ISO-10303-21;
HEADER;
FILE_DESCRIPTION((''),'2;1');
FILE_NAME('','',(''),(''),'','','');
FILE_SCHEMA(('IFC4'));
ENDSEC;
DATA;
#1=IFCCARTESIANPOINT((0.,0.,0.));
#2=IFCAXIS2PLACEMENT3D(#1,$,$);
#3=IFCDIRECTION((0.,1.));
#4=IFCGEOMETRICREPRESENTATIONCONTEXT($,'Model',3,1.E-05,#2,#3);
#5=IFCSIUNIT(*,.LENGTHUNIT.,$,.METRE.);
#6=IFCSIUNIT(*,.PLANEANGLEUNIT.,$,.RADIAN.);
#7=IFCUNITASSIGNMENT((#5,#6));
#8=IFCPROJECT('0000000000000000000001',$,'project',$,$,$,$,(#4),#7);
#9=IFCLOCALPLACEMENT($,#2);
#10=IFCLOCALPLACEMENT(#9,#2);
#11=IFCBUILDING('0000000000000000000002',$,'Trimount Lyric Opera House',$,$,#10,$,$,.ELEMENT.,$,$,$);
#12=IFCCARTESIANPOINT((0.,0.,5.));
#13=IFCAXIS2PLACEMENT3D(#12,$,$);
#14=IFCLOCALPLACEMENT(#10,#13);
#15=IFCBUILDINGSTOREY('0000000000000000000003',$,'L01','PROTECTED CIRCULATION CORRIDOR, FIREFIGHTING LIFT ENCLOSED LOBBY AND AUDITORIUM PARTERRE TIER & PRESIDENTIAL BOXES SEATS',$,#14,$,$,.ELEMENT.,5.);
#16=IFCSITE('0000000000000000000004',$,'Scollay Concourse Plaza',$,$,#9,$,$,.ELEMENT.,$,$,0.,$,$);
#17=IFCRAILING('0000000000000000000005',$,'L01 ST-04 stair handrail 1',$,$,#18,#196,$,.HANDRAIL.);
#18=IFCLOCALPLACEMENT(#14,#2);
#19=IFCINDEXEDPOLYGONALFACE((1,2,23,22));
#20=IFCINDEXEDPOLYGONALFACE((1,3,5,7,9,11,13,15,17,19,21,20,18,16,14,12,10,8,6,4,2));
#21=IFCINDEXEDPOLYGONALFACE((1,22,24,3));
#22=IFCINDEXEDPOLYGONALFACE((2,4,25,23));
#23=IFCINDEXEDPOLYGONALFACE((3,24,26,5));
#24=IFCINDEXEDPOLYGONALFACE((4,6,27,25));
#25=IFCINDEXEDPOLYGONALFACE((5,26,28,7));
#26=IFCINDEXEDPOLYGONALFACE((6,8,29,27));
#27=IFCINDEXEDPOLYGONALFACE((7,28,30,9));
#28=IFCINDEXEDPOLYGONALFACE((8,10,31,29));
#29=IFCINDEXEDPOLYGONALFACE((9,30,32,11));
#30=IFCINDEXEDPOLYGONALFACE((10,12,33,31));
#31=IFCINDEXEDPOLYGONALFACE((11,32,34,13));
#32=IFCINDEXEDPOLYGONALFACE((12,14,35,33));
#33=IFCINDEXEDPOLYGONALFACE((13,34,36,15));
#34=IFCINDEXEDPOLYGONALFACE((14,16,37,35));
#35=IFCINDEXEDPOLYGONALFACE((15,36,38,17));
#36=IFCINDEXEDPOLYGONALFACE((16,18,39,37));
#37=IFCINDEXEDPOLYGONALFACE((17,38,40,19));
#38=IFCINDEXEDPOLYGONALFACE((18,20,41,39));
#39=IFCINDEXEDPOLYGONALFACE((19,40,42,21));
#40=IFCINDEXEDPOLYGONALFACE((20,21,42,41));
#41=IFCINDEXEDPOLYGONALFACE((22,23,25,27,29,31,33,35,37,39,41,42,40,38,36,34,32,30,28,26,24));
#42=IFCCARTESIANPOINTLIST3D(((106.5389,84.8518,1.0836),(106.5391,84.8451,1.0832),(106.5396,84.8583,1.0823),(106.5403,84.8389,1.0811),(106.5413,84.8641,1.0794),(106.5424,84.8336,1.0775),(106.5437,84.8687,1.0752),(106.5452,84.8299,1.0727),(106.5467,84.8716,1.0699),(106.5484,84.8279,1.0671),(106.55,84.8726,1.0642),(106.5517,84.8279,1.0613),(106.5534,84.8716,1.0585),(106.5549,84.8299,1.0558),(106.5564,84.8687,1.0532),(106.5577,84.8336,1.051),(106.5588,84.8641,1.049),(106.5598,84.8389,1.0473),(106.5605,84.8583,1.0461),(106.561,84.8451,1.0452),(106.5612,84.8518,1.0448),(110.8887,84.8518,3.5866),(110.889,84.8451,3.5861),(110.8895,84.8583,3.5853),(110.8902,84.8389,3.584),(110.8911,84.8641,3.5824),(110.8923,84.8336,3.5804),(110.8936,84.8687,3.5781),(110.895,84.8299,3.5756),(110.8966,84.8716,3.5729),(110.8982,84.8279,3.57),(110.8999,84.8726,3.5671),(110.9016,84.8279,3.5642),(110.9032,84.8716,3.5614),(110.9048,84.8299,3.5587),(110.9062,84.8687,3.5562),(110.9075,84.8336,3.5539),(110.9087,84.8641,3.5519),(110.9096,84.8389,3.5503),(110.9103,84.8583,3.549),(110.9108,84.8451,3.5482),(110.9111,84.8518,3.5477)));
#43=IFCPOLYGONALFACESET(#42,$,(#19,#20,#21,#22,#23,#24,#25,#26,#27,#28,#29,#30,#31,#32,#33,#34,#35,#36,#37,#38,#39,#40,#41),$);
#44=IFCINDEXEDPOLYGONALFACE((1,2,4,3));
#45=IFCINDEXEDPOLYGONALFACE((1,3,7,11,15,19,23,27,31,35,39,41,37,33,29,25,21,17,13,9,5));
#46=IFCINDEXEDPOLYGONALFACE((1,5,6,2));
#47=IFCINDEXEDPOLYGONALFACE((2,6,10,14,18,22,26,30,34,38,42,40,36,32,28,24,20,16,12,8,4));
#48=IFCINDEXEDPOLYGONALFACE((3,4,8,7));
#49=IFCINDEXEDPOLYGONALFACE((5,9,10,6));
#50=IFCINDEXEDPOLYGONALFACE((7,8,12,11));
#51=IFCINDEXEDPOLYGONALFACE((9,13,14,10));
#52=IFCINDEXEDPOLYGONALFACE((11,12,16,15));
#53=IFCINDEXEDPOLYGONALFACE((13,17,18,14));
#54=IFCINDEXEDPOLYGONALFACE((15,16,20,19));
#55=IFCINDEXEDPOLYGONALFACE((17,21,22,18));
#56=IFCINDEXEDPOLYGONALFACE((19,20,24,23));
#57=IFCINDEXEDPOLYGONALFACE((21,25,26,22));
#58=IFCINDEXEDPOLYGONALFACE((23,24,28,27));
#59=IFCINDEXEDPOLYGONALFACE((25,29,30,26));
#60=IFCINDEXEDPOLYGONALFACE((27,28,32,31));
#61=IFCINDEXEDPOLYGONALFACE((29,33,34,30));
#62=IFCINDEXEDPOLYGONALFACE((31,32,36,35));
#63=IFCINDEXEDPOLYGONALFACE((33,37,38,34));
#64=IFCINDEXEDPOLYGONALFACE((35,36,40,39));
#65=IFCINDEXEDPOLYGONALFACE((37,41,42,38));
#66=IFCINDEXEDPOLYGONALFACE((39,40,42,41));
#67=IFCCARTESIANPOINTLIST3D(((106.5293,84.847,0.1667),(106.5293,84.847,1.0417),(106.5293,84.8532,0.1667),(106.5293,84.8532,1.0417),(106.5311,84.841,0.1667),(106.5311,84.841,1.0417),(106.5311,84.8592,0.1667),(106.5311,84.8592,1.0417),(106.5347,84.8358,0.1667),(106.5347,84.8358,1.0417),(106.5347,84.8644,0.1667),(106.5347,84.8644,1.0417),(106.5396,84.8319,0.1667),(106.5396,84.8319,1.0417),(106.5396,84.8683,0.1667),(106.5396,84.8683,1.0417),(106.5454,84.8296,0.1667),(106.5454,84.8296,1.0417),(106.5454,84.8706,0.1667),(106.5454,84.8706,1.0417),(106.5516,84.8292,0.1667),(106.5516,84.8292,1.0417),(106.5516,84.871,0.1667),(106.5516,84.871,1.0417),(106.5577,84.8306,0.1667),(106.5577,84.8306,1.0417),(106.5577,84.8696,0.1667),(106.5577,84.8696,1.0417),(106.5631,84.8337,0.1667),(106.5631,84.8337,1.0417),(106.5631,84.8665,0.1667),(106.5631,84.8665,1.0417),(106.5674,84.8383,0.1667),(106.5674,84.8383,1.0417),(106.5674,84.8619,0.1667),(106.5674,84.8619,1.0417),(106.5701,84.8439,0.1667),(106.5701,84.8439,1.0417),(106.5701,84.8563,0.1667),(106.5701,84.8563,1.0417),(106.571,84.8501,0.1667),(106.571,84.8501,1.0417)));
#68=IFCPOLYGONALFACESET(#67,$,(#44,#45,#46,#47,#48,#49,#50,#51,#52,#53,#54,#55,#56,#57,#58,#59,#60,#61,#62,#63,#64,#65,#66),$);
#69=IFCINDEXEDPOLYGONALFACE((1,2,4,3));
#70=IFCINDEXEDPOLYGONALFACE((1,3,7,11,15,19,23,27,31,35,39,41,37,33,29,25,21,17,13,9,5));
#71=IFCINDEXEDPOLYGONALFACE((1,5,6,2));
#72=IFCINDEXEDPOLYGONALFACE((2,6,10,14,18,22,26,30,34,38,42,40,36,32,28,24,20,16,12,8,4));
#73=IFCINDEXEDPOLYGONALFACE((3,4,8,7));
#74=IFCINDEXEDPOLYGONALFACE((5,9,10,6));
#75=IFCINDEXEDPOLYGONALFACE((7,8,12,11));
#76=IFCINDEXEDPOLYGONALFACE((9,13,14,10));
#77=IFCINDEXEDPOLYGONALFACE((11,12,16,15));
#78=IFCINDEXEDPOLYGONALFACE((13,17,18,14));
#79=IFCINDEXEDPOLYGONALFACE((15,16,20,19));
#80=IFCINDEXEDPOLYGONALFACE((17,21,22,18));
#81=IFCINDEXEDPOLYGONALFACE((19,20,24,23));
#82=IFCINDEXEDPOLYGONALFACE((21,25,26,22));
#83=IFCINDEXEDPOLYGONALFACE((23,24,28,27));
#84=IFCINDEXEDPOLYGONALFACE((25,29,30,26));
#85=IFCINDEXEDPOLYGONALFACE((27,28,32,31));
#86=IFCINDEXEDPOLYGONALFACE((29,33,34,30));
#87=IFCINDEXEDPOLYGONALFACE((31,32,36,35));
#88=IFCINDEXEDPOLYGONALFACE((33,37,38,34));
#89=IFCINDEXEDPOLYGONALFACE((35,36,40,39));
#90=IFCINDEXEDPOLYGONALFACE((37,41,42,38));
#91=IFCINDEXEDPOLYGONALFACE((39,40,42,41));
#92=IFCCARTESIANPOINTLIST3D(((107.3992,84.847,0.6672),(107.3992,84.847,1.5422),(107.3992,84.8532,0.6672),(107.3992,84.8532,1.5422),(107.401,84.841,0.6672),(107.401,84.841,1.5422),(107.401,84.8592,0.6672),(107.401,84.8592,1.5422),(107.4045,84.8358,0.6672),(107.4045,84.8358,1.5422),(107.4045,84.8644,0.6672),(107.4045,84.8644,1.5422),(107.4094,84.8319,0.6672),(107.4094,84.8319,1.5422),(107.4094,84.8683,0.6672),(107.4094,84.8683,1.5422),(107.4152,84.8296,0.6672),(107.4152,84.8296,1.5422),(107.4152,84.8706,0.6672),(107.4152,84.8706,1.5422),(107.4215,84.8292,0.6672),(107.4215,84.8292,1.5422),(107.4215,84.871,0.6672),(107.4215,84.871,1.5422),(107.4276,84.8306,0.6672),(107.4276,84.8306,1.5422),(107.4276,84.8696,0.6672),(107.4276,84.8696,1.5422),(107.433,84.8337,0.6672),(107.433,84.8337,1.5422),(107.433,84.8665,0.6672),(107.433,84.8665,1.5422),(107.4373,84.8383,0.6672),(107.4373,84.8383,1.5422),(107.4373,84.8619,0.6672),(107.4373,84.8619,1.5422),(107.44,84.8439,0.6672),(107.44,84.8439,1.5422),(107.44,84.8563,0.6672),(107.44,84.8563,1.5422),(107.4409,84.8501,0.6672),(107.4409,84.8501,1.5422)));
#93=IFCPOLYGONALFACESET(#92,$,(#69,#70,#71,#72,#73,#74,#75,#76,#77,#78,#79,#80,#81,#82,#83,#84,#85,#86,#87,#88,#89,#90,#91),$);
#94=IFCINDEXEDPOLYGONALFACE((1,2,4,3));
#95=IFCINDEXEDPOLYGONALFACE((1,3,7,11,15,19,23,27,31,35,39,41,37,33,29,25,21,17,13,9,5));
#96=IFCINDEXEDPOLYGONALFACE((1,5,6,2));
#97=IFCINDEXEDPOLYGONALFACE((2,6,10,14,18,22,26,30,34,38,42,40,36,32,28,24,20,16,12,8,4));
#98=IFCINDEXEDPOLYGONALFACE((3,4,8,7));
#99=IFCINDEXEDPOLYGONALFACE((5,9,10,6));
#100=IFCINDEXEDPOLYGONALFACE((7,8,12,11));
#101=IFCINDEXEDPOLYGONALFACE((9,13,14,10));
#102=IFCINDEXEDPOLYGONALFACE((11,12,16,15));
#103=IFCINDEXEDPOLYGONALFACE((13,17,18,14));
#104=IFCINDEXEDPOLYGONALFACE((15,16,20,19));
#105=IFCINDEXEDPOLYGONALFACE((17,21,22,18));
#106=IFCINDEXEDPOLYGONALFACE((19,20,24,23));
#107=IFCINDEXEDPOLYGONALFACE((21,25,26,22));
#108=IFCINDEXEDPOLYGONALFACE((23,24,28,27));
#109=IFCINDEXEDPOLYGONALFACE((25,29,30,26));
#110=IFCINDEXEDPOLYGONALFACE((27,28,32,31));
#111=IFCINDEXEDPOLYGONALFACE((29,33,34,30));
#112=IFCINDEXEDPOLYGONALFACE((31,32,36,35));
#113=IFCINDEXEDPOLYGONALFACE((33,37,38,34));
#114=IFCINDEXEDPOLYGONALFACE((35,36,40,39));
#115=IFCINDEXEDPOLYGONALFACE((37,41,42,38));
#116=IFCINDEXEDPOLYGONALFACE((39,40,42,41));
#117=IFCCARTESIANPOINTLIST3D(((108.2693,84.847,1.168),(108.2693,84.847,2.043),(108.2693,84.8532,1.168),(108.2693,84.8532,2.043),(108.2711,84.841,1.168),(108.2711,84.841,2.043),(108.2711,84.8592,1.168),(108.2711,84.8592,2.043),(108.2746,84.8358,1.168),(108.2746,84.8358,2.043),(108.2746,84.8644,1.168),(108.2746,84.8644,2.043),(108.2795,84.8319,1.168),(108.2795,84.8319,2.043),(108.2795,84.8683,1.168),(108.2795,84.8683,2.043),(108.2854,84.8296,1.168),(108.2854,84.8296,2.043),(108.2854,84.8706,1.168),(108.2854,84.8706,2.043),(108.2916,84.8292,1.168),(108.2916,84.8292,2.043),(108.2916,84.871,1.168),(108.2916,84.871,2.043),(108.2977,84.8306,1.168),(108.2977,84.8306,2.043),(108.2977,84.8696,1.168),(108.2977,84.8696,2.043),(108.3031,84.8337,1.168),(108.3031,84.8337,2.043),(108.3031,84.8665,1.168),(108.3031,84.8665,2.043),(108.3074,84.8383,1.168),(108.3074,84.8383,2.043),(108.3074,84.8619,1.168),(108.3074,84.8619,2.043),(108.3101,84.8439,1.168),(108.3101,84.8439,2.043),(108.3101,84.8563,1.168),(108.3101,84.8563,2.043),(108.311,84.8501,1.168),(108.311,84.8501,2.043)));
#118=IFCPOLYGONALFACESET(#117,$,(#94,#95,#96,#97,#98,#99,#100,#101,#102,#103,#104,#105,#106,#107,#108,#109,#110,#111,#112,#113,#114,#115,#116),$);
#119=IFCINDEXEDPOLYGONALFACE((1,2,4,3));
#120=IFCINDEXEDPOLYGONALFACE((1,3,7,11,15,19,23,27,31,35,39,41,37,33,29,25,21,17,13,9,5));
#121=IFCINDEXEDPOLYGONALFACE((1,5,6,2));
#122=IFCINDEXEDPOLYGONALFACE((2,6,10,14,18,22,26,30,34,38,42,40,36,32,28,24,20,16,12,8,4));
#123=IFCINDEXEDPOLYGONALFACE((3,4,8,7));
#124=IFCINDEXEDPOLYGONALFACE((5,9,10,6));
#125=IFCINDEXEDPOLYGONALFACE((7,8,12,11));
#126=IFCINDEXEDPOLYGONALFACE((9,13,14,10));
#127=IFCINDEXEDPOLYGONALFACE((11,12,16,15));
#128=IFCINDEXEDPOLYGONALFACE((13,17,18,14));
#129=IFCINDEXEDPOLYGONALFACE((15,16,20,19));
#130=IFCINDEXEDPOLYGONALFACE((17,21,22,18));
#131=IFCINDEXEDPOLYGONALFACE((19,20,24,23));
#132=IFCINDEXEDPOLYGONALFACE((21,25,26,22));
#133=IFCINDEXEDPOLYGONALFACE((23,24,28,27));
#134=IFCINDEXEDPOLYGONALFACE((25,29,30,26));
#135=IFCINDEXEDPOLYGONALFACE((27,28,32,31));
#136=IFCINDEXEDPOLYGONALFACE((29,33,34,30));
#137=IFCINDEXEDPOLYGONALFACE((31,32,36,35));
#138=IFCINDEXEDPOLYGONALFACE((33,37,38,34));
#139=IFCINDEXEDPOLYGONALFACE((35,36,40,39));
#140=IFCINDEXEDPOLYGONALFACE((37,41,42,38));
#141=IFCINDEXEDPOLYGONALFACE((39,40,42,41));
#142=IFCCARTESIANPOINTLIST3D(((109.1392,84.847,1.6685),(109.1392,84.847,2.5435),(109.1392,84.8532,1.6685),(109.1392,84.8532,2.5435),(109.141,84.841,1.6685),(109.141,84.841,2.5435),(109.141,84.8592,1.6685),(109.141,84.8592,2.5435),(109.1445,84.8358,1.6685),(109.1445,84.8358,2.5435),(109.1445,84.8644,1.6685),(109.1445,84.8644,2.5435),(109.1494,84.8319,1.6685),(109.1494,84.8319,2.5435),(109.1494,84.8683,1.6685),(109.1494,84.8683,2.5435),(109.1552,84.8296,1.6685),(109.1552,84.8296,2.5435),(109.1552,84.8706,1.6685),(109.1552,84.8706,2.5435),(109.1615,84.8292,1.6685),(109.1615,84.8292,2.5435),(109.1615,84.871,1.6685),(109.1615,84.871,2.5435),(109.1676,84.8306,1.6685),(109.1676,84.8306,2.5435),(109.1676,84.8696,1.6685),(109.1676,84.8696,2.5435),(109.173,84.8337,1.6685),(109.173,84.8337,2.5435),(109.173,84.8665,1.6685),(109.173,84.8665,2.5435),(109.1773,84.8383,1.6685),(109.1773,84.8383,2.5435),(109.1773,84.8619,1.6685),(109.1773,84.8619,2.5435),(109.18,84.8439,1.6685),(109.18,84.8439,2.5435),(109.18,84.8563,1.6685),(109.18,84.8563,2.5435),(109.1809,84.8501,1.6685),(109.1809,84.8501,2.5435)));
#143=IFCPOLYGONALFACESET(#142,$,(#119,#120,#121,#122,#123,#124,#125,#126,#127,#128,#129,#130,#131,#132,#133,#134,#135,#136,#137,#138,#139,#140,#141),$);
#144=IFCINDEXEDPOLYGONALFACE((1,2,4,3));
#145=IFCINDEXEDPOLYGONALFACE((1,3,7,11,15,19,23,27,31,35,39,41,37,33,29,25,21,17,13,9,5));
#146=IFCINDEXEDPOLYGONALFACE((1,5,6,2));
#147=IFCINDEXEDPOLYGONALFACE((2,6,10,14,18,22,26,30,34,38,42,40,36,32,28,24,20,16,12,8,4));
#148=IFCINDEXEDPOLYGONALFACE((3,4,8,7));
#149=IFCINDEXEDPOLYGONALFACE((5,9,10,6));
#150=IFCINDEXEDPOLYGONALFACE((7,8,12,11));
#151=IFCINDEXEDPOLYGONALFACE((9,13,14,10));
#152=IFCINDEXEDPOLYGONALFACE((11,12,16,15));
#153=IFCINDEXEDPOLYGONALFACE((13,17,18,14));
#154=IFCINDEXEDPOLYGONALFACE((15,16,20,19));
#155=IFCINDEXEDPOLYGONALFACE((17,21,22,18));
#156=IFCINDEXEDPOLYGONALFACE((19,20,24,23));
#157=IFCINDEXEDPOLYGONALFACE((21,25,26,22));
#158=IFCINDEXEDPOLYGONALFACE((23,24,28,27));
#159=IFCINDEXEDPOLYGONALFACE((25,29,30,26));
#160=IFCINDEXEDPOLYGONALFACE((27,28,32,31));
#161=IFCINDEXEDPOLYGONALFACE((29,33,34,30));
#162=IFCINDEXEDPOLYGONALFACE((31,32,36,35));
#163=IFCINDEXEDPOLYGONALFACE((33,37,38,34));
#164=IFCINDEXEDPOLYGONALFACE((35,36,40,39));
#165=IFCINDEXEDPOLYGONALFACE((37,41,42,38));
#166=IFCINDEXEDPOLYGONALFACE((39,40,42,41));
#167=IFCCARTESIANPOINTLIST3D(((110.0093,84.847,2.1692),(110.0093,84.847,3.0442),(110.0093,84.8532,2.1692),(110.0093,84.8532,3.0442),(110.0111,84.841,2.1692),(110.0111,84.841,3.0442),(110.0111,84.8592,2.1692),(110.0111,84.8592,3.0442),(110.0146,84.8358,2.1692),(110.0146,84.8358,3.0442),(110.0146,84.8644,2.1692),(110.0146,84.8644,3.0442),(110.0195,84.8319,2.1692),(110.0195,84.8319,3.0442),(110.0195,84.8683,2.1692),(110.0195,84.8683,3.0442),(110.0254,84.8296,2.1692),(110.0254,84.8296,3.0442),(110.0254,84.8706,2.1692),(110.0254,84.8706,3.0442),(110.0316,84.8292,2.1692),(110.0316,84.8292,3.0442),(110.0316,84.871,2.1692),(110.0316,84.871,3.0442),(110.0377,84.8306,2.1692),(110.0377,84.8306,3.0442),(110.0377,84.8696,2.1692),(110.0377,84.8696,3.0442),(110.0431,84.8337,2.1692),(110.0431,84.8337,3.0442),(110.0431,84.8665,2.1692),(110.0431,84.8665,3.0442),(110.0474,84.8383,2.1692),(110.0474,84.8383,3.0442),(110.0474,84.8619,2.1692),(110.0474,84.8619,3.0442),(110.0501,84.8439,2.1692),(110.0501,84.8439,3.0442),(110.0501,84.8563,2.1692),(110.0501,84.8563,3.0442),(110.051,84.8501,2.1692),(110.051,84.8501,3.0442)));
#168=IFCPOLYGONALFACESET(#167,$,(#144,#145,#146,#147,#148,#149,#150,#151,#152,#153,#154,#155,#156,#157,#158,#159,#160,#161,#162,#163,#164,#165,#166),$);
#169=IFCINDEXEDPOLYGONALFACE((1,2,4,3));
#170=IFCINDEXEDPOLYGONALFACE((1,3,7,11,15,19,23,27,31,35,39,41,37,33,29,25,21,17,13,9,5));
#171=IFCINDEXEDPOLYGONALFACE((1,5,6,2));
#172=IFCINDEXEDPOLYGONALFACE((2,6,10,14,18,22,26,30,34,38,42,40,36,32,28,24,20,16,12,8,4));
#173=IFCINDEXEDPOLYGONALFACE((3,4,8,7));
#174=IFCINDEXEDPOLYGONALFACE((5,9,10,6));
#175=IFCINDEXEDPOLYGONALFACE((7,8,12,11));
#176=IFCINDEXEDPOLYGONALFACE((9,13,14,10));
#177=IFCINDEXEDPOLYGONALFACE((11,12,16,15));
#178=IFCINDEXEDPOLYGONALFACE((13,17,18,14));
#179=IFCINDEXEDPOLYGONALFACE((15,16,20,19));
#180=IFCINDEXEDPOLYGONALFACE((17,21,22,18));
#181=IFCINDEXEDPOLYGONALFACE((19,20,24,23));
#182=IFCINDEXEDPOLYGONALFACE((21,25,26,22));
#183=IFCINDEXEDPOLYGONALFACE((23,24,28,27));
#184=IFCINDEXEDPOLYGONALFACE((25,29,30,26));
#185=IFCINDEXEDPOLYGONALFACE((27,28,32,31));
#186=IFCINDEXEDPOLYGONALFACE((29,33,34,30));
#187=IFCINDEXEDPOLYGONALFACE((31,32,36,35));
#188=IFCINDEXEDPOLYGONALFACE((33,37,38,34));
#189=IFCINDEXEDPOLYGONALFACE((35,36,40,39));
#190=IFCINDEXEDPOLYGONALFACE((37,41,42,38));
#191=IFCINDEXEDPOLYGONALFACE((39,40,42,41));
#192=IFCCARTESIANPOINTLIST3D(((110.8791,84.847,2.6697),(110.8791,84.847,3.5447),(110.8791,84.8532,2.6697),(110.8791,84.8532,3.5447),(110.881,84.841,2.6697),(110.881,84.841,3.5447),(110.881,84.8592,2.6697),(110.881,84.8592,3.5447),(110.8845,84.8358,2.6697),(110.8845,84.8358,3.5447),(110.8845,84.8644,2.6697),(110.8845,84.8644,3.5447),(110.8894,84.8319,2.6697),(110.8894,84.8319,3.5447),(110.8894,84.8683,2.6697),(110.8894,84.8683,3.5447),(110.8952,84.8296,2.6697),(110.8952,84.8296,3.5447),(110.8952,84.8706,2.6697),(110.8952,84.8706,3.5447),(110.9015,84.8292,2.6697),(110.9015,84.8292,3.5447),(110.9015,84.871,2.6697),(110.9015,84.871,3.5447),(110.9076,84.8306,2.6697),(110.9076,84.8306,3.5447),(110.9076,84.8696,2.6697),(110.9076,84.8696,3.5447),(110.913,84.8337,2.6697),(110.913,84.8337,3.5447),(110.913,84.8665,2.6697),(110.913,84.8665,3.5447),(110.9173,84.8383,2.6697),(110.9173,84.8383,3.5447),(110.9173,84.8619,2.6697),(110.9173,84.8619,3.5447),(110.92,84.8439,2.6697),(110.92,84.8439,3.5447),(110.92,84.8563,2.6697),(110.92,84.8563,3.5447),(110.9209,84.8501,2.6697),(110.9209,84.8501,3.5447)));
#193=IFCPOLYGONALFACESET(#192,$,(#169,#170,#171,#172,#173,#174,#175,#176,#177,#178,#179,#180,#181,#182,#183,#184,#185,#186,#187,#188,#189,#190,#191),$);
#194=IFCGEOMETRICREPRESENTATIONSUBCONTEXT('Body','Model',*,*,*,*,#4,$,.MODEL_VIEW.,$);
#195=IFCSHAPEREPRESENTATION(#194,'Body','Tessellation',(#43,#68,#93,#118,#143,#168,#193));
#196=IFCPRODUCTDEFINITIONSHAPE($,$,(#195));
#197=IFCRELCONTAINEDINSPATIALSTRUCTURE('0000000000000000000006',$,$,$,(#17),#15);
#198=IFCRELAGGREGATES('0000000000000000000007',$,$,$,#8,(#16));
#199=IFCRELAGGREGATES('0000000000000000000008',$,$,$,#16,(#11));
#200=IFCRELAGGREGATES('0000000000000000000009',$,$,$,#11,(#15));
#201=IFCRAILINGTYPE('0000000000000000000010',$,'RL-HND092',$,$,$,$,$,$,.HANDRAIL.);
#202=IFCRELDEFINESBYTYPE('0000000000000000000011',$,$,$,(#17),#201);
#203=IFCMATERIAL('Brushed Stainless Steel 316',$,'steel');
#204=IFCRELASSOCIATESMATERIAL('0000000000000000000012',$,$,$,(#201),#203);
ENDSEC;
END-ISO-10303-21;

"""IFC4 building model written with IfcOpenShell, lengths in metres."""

from ifc_helpers import new_model, si_unit, direction, frame, origin, origin_2d, place, context, subcontext, project, spatial, circle, extrude, material, type_object, element, save


model = new_model("IFC4")

# Units and contexts
model_context = context("Model", 3, precision=1e-05, world=origin(), true_north=direction((0.0, 1.0)))
body_context = subcontext(model_context, "Body", "Model", "MODEL_VIEW")
ifc_project = project(units=[si_unit("LENGTHUNIT", "METRE"), si_unit("PLANEANGLEUNIT", "RADIAN")], contexts=[model_context])

# Site, building, storey
site_placement = place(None, origin())
site = spatial("IfcSite", under=ifc_project, at=site_placement, Name="Scollay Concourse Plaza", CompositionType="ELEMENT", RefElevation=0.0)
building_placement = place(site_placement, origin())
building = spatial("IfcBuilding", under=site, at=building_placement, Name="Trimount Lyric Opera House", CompositionType="ELEMENT")
storey_placement = place(building_placement, frame((0.0, 0.0, 5.0)))
storey = spatial("IfcBuildingStorey", under=building, at=storey_placement, Name="L01", Description="PROTECTED CIRCULATION CORRIDOR, FIREFIGHTING LIFT ENCLOSED LOBBY AND AUDITORIUM PARTERRE TIER & PRESIDENTIAL BOXES SEATS", CompositionType="ELEMENT", Elevation=5.0)

# Railing
ifc_material_1 = material(Name="Brushed Stainless Steel 316", Category="steel")
railing_type_1 = type_object("IfcRailingType", Name="RL-HND092", PredefinedType="HANDRAIL", material=ifc_material_1)
for number, where, name in (
    (1, (106.55, 84.8501, 0.1667), "L01 ST-04 stair handrail 1"),
):
    element("IfcRailing", number, at=place(storey_placement, frame(where)), inside=storey, type_object=railing_type_1, Name=name, PredefinedType="HANDRAIL", context=body_context, shape_type="SweptSolid", body=[
        extrude(circle(Radius=0.0225, at=origin_2d()), frame((0.0, 0.0, 0.8975), z_axis=(0.866754, 0.0, 0.498735), x_axis=(0.0, 1.0, 0.0)), (0.0, 0.0, 1.0), 5.0186),
        extrude(circle(Radius=0.021, at=origin_2d()), origin(), (0.0, 0.0, 1.0), 0.875),
        extrude(circle(Radius=0.021, at=origin_2d()), frame((0.8699, 0.0, 0.5005)), (0.0, 0.0, 1.0), 0.875),
        extrude(circle(Radius=0.021, at=origin_2d()), frame((1.74, 0.0, 1.0012)), (0.0, 0.0, 1.0), 0.875),
        extrude(circle(Radius=0.021, at=origin_2d()), frame((2.6099, 0.0, 1.5017)), (0.0, 0.0, 1.0), 0.875),
        extrude(circle(Radius=0.021, at=origin_2d()), frame((3.48, 0.0, 2.0024)), (0.0, 0.0, 1.0), 0.875),
        extrude(circle(Radius=0.021, at=origin_2d()), frame((4.3499, 0.0, 2.5029)), (0.0, 0.0, 1.0), 0.875),
    ])

save(model, "model.ifc")
